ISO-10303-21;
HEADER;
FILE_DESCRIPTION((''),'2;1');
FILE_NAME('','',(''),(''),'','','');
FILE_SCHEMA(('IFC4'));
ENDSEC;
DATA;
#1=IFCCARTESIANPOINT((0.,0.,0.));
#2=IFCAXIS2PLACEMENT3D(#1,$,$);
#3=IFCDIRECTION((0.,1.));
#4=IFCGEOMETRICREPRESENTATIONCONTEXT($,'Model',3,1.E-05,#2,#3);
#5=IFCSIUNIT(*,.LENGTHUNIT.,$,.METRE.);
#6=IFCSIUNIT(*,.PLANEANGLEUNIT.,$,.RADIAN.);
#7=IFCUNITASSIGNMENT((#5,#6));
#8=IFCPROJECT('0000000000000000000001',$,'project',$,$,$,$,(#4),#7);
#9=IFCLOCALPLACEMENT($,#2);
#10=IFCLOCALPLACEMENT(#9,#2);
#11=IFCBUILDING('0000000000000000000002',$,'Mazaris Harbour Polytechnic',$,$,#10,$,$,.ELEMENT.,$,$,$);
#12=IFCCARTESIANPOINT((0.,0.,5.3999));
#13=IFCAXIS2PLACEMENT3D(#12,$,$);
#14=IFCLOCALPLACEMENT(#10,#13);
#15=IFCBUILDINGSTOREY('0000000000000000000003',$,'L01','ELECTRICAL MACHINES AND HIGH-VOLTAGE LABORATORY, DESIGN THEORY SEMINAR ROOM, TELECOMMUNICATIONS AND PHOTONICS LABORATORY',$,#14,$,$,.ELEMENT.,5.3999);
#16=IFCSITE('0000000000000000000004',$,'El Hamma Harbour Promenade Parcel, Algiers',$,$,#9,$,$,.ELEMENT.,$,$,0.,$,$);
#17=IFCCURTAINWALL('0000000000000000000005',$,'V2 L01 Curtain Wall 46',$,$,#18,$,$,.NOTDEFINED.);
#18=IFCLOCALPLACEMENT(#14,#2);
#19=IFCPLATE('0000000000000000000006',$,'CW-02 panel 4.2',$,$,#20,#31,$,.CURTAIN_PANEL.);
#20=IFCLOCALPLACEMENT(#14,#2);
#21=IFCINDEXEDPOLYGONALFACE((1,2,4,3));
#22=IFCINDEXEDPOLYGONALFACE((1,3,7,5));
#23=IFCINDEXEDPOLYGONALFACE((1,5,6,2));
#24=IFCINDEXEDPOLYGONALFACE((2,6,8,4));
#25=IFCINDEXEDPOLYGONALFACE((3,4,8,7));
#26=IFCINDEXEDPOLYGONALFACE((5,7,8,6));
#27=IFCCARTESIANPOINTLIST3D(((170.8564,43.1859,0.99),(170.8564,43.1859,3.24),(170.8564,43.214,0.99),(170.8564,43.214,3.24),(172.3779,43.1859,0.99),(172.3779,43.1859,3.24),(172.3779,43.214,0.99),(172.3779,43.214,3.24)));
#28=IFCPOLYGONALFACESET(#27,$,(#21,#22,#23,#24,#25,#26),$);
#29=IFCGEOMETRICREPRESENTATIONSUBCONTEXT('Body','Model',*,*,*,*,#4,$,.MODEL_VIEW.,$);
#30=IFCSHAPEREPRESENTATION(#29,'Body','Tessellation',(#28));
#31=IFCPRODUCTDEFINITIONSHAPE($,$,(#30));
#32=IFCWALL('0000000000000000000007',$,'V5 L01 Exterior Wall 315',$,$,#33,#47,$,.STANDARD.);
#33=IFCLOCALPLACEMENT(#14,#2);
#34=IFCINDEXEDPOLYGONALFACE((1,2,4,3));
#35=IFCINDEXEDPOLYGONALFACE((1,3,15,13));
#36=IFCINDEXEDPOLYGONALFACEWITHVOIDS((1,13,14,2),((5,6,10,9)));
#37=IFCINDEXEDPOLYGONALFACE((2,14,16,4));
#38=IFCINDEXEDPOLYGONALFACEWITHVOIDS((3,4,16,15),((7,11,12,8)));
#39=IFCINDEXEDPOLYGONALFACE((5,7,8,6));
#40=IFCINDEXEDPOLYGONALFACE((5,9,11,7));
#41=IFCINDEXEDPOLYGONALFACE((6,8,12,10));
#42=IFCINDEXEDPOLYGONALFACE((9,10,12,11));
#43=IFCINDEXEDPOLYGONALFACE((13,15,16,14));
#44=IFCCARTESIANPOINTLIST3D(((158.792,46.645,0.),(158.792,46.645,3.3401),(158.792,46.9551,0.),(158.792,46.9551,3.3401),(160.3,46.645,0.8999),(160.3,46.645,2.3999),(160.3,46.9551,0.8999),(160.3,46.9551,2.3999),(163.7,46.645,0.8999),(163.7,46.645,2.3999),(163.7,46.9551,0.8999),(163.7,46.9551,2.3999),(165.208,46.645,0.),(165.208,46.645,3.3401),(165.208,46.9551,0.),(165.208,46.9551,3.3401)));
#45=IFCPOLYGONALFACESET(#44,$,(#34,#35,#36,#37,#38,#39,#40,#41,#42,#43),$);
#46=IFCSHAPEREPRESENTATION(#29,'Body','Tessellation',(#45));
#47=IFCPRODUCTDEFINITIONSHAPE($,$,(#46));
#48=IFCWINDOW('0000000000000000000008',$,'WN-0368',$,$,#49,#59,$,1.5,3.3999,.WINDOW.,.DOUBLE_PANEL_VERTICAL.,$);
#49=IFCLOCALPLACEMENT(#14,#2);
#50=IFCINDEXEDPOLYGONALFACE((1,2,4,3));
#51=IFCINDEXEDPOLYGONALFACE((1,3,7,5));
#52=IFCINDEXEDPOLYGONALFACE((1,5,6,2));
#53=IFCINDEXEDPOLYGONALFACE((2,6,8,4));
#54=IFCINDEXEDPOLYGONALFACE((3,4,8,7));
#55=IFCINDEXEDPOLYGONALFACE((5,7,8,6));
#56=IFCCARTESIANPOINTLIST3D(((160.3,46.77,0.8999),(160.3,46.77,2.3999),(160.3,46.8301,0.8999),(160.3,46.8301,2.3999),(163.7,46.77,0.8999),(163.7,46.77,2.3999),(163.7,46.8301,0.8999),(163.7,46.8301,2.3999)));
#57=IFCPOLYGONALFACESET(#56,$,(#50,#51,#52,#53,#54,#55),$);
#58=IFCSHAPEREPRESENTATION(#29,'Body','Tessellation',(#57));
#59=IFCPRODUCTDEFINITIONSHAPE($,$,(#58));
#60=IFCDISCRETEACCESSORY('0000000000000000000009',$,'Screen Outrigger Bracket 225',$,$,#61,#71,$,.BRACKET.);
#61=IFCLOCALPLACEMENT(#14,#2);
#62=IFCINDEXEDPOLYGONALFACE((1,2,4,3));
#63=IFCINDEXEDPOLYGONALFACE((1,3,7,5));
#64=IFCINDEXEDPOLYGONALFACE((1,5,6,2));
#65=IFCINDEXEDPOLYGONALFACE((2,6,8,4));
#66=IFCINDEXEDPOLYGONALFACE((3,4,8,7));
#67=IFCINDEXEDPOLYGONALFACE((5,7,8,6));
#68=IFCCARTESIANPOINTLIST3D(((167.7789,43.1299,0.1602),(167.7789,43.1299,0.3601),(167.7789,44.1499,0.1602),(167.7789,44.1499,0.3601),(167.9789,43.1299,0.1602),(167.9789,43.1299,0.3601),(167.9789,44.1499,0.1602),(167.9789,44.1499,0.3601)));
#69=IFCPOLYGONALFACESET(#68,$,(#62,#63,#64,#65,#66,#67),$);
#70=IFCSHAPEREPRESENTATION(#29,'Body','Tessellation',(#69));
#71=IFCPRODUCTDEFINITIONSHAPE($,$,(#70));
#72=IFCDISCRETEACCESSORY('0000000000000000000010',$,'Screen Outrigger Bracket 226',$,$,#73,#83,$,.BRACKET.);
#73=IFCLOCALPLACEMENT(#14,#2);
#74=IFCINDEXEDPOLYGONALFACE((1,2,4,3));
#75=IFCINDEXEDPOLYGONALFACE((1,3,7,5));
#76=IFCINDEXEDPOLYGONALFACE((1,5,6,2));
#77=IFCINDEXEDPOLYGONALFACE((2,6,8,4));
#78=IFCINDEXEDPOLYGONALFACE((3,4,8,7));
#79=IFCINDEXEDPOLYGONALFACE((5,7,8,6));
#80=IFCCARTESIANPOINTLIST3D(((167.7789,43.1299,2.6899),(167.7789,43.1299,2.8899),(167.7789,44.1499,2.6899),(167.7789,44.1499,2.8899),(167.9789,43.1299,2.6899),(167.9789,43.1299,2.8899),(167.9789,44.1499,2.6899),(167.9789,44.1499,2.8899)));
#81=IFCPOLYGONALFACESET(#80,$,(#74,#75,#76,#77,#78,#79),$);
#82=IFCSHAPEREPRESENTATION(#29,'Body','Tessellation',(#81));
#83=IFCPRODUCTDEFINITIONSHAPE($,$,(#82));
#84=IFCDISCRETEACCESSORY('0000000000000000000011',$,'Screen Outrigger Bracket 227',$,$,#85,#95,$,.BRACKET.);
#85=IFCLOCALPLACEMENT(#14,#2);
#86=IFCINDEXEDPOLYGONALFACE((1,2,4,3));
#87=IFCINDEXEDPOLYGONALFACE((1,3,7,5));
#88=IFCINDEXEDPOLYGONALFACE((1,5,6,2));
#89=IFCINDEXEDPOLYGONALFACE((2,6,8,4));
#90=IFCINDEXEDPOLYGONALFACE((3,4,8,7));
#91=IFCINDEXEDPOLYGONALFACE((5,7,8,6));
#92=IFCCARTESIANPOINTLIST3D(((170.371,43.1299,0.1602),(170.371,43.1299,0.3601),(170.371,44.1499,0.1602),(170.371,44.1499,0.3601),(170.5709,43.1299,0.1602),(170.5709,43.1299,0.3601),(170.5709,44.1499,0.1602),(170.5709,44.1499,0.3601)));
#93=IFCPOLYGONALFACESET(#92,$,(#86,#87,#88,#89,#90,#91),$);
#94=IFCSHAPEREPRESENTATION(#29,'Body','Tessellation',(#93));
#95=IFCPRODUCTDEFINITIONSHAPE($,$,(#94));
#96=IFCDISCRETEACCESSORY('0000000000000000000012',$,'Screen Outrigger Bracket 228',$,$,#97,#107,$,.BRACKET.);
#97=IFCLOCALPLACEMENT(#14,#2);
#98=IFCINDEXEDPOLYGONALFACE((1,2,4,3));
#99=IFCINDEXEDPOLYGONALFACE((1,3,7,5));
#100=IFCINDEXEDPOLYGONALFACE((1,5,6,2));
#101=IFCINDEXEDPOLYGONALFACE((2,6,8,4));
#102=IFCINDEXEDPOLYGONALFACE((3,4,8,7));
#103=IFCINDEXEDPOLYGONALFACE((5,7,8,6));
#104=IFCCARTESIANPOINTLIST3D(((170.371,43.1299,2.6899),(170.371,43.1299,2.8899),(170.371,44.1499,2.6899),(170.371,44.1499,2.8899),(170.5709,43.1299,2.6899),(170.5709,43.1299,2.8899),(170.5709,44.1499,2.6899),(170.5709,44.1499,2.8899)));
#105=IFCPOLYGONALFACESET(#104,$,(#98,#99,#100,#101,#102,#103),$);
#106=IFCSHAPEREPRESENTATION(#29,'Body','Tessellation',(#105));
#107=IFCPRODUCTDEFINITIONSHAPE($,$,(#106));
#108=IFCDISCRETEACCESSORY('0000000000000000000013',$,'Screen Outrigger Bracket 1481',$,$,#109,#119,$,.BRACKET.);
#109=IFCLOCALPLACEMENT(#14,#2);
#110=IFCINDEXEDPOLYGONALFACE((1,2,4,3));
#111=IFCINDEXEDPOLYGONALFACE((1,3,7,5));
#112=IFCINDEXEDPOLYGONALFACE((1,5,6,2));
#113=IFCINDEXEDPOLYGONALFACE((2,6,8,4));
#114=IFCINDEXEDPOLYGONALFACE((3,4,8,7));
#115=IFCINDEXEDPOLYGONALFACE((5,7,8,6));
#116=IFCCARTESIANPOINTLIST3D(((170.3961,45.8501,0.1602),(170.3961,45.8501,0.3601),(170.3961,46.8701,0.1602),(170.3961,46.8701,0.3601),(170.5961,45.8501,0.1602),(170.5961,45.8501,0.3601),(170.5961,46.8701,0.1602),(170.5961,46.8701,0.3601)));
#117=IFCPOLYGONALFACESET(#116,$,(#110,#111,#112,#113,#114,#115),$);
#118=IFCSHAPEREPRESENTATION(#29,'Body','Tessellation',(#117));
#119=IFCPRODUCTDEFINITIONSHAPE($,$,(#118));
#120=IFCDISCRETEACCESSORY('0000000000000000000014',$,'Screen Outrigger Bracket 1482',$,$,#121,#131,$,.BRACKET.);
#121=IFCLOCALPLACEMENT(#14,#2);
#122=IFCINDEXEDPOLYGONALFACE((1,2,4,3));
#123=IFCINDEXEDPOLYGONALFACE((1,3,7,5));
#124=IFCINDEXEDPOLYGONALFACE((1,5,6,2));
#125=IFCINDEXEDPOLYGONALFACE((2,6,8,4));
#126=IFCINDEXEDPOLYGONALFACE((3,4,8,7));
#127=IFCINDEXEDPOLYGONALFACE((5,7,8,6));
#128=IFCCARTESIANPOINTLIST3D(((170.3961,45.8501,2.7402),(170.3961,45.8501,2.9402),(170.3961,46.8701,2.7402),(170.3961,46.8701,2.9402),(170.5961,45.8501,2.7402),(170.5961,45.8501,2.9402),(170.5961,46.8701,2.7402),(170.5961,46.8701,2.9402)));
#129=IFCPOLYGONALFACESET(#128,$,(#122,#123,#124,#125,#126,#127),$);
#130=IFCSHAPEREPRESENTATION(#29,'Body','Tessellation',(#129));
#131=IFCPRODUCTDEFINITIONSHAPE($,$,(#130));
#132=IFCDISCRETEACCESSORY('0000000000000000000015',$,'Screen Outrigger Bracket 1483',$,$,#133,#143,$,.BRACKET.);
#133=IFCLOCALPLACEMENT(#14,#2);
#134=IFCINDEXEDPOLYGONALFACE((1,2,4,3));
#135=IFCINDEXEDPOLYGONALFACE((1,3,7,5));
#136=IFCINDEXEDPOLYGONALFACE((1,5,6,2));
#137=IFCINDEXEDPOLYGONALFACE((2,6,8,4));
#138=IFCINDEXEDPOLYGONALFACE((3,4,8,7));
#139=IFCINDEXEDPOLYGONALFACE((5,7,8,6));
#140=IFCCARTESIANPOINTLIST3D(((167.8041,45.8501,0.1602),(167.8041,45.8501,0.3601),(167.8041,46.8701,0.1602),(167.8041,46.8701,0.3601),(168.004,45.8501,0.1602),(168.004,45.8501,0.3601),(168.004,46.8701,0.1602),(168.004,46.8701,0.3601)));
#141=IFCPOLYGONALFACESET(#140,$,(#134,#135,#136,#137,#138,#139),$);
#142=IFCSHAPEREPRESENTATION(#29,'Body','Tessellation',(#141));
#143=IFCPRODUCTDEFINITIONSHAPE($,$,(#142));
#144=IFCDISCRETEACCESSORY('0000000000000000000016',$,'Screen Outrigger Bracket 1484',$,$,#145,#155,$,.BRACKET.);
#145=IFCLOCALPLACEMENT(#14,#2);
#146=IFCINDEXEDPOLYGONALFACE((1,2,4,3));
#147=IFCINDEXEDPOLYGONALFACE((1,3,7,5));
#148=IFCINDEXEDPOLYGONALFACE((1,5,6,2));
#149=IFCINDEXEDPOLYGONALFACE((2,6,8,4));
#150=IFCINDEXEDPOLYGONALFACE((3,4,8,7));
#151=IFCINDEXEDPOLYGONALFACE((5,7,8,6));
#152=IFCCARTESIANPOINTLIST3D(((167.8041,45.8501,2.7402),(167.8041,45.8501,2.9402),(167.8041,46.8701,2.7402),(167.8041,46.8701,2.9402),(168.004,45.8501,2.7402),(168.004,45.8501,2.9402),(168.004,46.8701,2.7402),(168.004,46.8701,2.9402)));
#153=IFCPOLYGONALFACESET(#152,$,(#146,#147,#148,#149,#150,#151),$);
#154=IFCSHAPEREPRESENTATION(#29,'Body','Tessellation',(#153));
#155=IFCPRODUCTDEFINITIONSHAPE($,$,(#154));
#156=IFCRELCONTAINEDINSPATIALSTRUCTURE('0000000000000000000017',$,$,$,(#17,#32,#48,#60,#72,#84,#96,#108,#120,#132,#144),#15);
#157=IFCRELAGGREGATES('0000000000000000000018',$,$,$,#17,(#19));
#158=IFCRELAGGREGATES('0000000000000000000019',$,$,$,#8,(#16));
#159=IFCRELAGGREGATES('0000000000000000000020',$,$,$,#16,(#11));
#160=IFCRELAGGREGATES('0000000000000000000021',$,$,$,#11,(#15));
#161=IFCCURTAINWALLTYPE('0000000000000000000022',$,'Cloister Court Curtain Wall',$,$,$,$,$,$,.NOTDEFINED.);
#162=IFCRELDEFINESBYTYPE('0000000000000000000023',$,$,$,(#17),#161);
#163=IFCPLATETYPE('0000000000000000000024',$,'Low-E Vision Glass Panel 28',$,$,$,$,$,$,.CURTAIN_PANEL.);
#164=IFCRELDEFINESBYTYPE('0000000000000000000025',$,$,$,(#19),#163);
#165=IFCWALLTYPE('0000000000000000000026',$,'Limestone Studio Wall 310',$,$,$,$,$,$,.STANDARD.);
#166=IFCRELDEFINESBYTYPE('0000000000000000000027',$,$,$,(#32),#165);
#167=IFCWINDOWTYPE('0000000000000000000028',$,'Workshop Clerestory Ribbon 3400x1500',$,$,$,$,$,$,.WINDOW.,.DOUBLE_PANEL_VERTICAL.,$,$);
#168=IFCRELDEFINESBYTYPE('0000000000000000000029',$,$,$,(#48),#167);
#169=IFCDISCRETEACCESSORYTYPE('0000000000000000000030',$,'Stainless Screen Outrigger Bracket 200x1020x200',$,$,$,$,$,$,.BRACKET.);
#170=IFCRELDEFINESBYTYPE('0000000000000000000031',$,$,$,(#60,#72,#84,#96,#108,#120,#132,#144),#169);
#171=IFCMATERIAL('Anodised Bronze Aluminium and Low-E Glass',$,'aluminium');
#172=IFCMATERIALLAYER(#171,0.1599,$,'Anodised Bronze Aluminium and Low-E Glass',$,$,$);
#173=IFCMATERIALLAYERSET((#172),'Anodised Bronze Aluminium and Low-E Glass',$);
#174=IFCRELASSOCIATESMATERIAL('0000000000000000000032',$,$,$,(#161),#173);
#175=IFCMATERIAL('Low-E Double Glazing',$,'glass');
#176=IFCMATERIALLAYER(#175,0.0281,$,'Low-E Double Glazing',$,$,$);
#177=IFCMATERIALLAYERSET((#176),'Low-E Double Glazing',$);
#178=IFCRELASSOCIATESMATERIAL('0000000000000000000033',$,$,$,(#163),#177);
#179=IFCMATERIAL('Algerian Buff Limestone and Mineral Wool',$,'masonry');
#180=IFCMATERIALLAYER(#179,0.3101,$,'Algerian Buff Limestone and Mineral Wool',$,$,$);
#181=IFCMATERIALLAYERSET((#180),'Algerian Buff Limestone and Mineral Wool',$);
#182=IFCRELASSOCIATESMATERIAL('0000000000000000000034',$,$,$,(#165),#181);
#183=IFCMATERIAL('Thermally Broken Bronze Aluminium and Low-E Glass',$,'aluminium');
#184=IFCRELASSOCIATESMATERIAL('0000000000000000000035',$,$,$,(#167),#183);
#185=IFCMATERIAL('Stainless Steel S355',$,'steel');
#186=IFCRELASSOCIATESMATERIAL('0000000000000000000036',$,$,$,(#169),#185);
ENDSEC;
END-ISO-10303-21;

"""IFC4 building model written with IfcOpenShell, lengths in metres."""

from ifc_helpers import new_model, si_unit, direction, frame, frame_2d, origin, origin_2d, place, context, subcontext, project, spatial, rectangle, extrude, material, layer, layer_set, type_object, element, fill, aggregate, save


model = new_model("IFC4")

# Units and contexts
model_context = context("Model", 3, precision=1e-05, world=origin(), true_north=direction((0.0, 1.0)))
body_context = subcontext(model_context, "Body", "Model", "MODEL_VIEW")
ifc_project = project(units=[si_unit("LENGTHUNIT", "METRE"), si_unit("PLANEANGLEUNIT", "RADIAN")], contexts=[model_context])

# Site, building, storey
site_placement = place(None, origin())
site = spatial("IfcSite", under=ifc_project, at=site_placement, Name="El Hamma Harbour Promenade Parcel, Algiers", CompositionType="ELEMENT", RefElevation=0.0)
building_placement = place(site_placement, origin())
building = spatial("IfcBuilding", under=site, at=building_placement, Name="Mazaris Harbour Polytechnic", CompositionType="ELEMENT")
storey_placement = place(building_placement, frame((0.0, 0.0, 5.3999)))
storey = spatial("IfcBuildingStorey", under=building, at=storey_placement, Name="L01", Description="ELECTRICAL MACHINES AND HIGH-VOLTAGE LABORATORY, DESIGN THEORY SEMINAR ROOM, TELECOMMUNICATIONS AND PHOTONICS LABORATORY", CompositionType="ELEMENT", Elevation=5.3999)

# Curtain wall, plate
ifc_material_1 = material(Name="Anodised Bronze Aluminium and Low-E Glass", Category="aluminium")
ifc_layer_1 = layer(ifc_material_1, 0.1599, Name="Anodised Bronze Aluminium and Low-E Glass")
ifc_layer_set_1 = layer_set([ifc_layer_1], Name="Anodised Bronze Aluminium and Low-E Glass")
curtain_wall_type = type_object("IfcCurtainWallType", Name="Cloister Court Curtain Wall", PredefinedType="NOTDEFINED", material=ifc_layer_set_1)
curtain_wall_placement = place(storey_placement, origin())
curtain_wall = element("IfcCurtainWall", 1, at=curtain_wall_placement, inside=storey, type_object=curtain_wall_type, Name="V2 L01 Curtain Wall 46", PredefinedType="NOTDEFINED")
ifc_material_2 = material(Name="Low-E Double Glazing", Category="glass")
ifc_layer_2 = layer(ifc_material_2, 0.0281, Name="Low-E Double Glazing")
ifc_layer_set_2 = layer_set([ifc_layer_2], Name="Low-E Double Glazing")
plate_type = type_object("IfcPlateType", Name="Low-E Vision Glass Panel 28", PredefinedType="CURTAIN_PANEL", material=ifc_layer_set_2)
plate_1_placement = place(storey_placement, frame((171.6172, 43.2, 0.99), z_axis=(0.0, 0.0, 1.0), x_axis=(1.0, 0.0, 0.0)))
plate_1 = element("IfcPlate", 2, at=plate_1_placement, type_object=plate_type, Name="CW-02 panel 4.2", PredefinedType="CURTAIN_PANEL", context=body_context, shape_type="SweptSolid", body=[
    extrude(rectangle(XDim=1.5215, YDim=0.0281, at=origin_2d()), origin(), (0.0, 0.0, 1.0), 2.25),
])
aggregate(curtain_wall, [plate_1])

# Wall, opening, window
ifc_material_3 = material(Name="Algerian Buff Limestone and Mineral Wool", Category="masonry")
ifc_layer_3 = layer(ifc_material_3, 0.3101, Name="Algerian Buff Limestone and Mineral Wool")
ifc_layer_set_3 = layer_set([ifc_layer_3], Name="Algerian Buff Limestone and Mineral Wool")
wall_type = type_object("IfcWallType", Name="Limestone Studio Wall 310", PredefinedType="STANDARD", material=ifc_layer_set_3)
wall_placement = place(storey_placement, frame((165.208, 46.8, 0.0), z_axis=(0.0, 0.0, 1.0), x_axis=(-1.0, 0.0, 0.0)))
wall = element("IfcWall", 3, at=wall_placement, inside=storey, type_object=wall_type, Name="V5 L01 Exterior Wall 315", PredefinedType="STANDARD", context=body_context, shape_type="SweptSolid", body=[
    extrude(rectangle(XDim=6.416, YDim=0.3101, at=frame_2d((3.208, 0.0))), origin(), (0.0, 0.0, 1.0), 3.3401),
])
opening_placement = place(wall_placement, frame((1.5081, 0.0, 0.8999)))
opening = element("IfcOpeningElement", 4, at=opening_placement, cuts=wall, PredefinedType="OPENING", context=body_context, shape_type="SweptSolid", body=[
    extrude(rectangle(XDim=3.3999, YDim=1.5, at=frame_2d((1.7, 0.75))), frame((0.0, 0.165, 0.0), z_axis=(0.0, -1.0, 0.0), x_axis=(1.0, 0.0, 0.0)), (0.0, 0.0, 1.0), 0.3301),
])
ifc_material_4 = material(Name="Thermally Broken Bronze Aluminium and Low-E Glass", Category="aluminium")
window_type = type_object("IfcWindowType", Name="Workshop Clerestory Ribbon 3400x1500", PartitioningType="DOUBLE_PANEL_VERTICAL", PredefinedType="WINDOW", material=ifc_material_4)
window_placement = place(opening_placement, origin())
window = element("IfcWindow", 5, at=window_placement, inside=storey, type_object=window_type, Name="WN-0368", OverallHeight=1.5, OverallWidth=3.3999, PartitioningType="DOUBLE_PANEL_VERTICAL", PredefinedType="WINDOW", context=body_context, shape_type="SweptSolid", body=[
    extrude(rectangle(XDim=3.3999, YDim=1.5, at=frame_2d((1.7, 0.75))), frame((0.0, 0.03, 0.0), z_axis=(0.0, -1.0, 0.0), x_axis=(1.0, 0.0, 0.0)), (0.0, 0.0, 1.0), 0.0601),
])
fill(opening, window)

# Discrete accessories
ifc_material_5 = material(Name="Stainless Steel S355", Category="steel")
discrete_accessory_type = type_object("IfcDiscreteAccessoryType", Name="Stainless Screen Outrigger Bracket 200x1020x200", PredefinedType="BRACKET", material=ifc_material_5)
for number, where, z_axis, x_axis, name in (
    (6, (167.8789, 43.6399, 0.1602), (0.0, 0.0, 1.0), (1.0, 0.0, 0.0), "Screen Outrigger Bracket 225"),
    (7, (167.8789, 43.6399, 2.6899), (0.0, 0.0, 1.0), (1.0, 0.0, 0.0), "Screen Outrigger Bracket 226"),
    (8, (170.4709, 43.6399, 0.1602), (0.0, 0.0, 1.0), (1.0, 0.0, 0.0), "Screen Outrigger Bracket 227"),
    (9, (170.4709, 43.6399, 2.6899), (0.0, 0.0, 1.0), (1.0, 0.0, 0.0), "Screen Outrigger Bracket 228"),
    (10, (170.4961, 46.3601, 0.1602), (0.0, 0.0, 1.0), (-1.0, 0.0, 0.0), "Screen Outrigger Bracket 1481"),
    (11, (170.4961, 46.3601, 2.7402), (0.0, 0.0, 1.0), (-1.0, 0.0, 0.0), "Screen Outrigger Bracket 1482"),
    (12, (167.9041, 46.3601, 0.1602), (0.0, 0.0, 1.0), (-1.0, 0.0, 0.0), "Screen Outrigger Bracket 1483"),
    (13, (167.9041, 46.3601, 2.7402), (0.0, 0.0, 1.0), (-1.0, 0.0, 0.0), "Screen Outrigger Bracket 1484"),
):
    element("IfcDiscreteAccessory", number, at=place(storey_placement, frame(where, z_axis=z_axis, x_axis=x_axis)), inside=storey, type_object=discrete_accessory_type, Name=name, PredefinedType="BRACKET", context=body_context, shape_type="SweptSolid", body=[
        extrude(rectangle(XDim=0.2, YDim=1.02, at=origin_2d()), origin(), (0.0, 0.0, 1.0), 0.2),
    ])

save(model, "model.ifc")
